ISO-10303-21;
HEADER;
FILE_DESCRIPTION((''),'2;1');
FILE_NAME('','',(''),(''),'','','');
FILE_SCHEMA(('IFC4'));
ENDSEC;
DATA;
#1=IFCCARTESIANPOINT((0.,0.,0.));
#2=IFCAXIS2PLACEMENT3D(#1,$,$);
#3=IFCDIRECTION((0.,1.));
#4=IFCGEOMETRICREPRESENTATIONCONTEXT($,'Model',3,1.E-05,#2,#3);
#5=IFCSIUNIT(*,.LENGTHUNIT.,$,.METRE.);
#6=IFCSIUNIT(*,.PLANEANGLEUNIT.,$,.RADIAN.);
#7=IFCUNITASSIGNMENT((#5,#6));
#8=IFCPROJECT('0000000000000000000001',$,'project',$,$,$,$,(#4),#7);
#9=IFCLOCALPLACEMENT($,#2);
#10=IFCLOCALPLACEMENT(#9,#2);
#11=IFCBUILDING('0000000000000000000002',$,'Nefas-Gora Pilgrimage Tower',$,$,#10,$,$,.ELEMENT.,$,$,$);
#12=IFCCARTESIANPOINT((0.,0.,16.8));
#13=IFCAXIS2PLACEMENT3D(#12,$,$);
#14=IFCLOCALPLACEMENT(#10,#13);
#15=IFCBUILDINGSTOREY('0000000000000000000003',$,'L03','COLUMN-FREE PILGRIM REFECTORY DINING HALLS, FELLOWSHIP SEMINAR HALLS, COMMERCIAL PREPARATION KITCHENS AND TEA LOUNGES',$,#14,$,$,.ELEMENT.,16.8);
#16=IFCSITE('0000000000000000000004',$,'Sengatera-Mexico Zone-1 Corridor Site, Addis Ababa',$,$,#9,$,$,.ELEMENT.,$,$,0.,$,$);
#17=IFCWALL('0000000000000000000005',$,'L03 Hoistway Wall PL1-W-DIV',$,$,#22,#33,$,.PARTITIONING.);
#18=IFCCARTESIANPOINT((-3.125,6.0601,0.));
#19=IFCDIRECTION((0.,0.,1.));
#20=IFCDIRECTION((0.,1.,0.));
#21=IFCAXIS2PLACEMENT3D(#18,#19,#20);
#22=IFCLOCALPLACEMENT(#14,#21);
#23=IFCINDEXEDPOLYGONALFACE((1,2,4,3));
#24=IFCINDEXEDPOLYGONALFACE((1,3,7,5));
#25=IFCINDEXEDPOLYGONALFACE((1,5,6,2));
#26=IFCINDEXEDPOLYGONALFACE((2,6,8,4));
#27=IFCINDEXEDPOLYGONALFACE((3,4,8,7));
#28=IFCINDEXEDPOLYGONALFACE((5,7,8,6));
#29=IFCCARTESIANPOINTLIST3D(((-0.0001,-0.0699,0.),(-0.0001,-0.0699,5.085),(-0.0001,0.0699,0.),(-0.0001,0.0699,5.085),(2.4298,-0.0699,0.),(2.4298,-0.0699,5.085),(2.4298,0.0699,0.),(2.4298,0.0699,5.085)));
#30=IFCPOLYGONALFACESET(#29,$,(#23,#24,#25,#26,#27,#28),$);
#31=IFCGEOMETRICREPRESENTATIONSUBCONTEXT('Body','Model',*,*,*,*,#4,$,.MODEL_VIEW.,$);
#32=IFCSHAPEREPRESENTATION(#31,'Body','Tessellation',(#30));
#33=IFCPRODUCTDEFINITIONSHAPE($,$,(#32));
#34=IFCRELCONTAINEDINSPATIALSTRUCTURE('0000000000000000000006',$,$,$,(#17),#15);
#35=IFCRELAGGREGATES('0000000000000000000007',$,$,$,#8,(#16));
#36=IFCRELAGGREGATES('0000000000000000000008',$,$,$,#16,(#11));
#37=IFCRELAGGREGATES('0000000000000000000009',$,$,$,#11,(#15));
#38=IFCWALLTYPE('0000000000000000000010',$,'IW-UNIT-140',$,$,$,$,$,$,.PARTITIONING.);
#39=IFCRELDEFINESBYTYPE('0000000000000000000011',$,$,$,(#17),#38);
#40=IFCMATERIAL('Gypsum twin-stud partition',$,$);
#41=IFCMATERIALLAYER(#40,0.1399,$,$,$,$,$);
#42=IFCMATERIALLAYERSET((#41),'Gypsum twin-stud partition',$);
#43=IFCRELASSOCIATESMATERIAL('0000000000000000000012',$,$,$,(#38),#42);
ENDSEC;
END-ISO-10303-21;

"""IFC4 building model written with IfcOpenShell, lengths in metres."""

from ifc_helpers import new_model, si_unit, direction, frame, frame_2d, origin, place, context, subcontext, project, spatial, rectangle, extrude, source, transform, mapped, material, layer, layer_set, type_object, element, save


model = new_model("IFC4")

# Units and contexts
model_context = context("Model", 3, precision=1e-05, world=origin(), true_north=direction((0.0, 1.0)))
body_context = subcontext(model_context, "Body", "Model", "MODEL_VIEW")
ifc_project = project(units=[si_unit("LENGTHUNIT", "METRE"), si_unit("PLANEANGLEUNIT", "RADIAN")], contexts=[model_context])

# Site, building, storey
site_placement = place(None, origin())
site = spatial("IfcSite", under=ifc_project, at=site_placement, Name="Sengatera-Mexico Zone-1 Corridor Site, Addis Ababa", CompositionType="ELEMENT", RefElevation=0.0)
building_placement = place(site_placement, origin())
building = spatial("IfcBuilding", under=site, at=building_placement, Name="Nefas-Gora Pilgrimage Tower", CompositionType="ELEMENT")
storey_placement = place(building_placement, frame((0.0, 0.0, 16.8)))
storey = spatial("IfcBuildingStorey", under=building, at=storey_placement, Name="L03", Description="COLUMN-FREE PILGRIM REFECTORY DINING HALLS, FELLOWSHIP SEMINAR HALLS, COMMERCIAL PREPARATION KITCHENS AND TEA LOUNGES", CompositionType="ELEMENT", Elevation=16.8)

# Wall
ifc_material_1 = material(Name="Gypsum twin-stud partition")
ifc_layer_1 = layer(ifc_material_1, 0.1399)
ifc_layer_set_1 = layer_set([ifc_layer_1], Name="Gypsum twin-stud partition")
wall_type_1 = type_object("IfcWallType", Name="IW-UNIT-140", PredefinedType="PARTITIONING", material=ifc_layer_set_1)
shared_shape_1 = source(origin(), body_context, "Body", "SweptSolid", [
    extrude(rectangle(XDim=2.4299, YDim=0.1399, at=frame_2d((1.2148, 0.0))), origin(), (0.0, 0.0, 1.0), 5.085),
])
wall_1_placement = place(storey_placement, frame((-3.125, 6.0601, 0.0), z_axis=(0.0, 0.0, 1.0), x_axis=(0.0, 1.0, 0.0)))
element("IfcWall", 1, at=wall_1_placement, inside=storey, type_object=wall_type_1, Name="L03 Hoistway Wall PL1-W-DIV", PredefinedType="PARTITIONING", context=body_context, shape_type="MappedRepresentation", body=[
    mapped(shared_shape_1, transform((0.0, 0.0, 0.0), x_axis=(1.0, 0.0, 0.0), y_axis=(0.0, 1.0, 0.0), z_axis=(0.0, 0.0, 1.0), scale=1.0)),
])

save(model, "model.ifc")
